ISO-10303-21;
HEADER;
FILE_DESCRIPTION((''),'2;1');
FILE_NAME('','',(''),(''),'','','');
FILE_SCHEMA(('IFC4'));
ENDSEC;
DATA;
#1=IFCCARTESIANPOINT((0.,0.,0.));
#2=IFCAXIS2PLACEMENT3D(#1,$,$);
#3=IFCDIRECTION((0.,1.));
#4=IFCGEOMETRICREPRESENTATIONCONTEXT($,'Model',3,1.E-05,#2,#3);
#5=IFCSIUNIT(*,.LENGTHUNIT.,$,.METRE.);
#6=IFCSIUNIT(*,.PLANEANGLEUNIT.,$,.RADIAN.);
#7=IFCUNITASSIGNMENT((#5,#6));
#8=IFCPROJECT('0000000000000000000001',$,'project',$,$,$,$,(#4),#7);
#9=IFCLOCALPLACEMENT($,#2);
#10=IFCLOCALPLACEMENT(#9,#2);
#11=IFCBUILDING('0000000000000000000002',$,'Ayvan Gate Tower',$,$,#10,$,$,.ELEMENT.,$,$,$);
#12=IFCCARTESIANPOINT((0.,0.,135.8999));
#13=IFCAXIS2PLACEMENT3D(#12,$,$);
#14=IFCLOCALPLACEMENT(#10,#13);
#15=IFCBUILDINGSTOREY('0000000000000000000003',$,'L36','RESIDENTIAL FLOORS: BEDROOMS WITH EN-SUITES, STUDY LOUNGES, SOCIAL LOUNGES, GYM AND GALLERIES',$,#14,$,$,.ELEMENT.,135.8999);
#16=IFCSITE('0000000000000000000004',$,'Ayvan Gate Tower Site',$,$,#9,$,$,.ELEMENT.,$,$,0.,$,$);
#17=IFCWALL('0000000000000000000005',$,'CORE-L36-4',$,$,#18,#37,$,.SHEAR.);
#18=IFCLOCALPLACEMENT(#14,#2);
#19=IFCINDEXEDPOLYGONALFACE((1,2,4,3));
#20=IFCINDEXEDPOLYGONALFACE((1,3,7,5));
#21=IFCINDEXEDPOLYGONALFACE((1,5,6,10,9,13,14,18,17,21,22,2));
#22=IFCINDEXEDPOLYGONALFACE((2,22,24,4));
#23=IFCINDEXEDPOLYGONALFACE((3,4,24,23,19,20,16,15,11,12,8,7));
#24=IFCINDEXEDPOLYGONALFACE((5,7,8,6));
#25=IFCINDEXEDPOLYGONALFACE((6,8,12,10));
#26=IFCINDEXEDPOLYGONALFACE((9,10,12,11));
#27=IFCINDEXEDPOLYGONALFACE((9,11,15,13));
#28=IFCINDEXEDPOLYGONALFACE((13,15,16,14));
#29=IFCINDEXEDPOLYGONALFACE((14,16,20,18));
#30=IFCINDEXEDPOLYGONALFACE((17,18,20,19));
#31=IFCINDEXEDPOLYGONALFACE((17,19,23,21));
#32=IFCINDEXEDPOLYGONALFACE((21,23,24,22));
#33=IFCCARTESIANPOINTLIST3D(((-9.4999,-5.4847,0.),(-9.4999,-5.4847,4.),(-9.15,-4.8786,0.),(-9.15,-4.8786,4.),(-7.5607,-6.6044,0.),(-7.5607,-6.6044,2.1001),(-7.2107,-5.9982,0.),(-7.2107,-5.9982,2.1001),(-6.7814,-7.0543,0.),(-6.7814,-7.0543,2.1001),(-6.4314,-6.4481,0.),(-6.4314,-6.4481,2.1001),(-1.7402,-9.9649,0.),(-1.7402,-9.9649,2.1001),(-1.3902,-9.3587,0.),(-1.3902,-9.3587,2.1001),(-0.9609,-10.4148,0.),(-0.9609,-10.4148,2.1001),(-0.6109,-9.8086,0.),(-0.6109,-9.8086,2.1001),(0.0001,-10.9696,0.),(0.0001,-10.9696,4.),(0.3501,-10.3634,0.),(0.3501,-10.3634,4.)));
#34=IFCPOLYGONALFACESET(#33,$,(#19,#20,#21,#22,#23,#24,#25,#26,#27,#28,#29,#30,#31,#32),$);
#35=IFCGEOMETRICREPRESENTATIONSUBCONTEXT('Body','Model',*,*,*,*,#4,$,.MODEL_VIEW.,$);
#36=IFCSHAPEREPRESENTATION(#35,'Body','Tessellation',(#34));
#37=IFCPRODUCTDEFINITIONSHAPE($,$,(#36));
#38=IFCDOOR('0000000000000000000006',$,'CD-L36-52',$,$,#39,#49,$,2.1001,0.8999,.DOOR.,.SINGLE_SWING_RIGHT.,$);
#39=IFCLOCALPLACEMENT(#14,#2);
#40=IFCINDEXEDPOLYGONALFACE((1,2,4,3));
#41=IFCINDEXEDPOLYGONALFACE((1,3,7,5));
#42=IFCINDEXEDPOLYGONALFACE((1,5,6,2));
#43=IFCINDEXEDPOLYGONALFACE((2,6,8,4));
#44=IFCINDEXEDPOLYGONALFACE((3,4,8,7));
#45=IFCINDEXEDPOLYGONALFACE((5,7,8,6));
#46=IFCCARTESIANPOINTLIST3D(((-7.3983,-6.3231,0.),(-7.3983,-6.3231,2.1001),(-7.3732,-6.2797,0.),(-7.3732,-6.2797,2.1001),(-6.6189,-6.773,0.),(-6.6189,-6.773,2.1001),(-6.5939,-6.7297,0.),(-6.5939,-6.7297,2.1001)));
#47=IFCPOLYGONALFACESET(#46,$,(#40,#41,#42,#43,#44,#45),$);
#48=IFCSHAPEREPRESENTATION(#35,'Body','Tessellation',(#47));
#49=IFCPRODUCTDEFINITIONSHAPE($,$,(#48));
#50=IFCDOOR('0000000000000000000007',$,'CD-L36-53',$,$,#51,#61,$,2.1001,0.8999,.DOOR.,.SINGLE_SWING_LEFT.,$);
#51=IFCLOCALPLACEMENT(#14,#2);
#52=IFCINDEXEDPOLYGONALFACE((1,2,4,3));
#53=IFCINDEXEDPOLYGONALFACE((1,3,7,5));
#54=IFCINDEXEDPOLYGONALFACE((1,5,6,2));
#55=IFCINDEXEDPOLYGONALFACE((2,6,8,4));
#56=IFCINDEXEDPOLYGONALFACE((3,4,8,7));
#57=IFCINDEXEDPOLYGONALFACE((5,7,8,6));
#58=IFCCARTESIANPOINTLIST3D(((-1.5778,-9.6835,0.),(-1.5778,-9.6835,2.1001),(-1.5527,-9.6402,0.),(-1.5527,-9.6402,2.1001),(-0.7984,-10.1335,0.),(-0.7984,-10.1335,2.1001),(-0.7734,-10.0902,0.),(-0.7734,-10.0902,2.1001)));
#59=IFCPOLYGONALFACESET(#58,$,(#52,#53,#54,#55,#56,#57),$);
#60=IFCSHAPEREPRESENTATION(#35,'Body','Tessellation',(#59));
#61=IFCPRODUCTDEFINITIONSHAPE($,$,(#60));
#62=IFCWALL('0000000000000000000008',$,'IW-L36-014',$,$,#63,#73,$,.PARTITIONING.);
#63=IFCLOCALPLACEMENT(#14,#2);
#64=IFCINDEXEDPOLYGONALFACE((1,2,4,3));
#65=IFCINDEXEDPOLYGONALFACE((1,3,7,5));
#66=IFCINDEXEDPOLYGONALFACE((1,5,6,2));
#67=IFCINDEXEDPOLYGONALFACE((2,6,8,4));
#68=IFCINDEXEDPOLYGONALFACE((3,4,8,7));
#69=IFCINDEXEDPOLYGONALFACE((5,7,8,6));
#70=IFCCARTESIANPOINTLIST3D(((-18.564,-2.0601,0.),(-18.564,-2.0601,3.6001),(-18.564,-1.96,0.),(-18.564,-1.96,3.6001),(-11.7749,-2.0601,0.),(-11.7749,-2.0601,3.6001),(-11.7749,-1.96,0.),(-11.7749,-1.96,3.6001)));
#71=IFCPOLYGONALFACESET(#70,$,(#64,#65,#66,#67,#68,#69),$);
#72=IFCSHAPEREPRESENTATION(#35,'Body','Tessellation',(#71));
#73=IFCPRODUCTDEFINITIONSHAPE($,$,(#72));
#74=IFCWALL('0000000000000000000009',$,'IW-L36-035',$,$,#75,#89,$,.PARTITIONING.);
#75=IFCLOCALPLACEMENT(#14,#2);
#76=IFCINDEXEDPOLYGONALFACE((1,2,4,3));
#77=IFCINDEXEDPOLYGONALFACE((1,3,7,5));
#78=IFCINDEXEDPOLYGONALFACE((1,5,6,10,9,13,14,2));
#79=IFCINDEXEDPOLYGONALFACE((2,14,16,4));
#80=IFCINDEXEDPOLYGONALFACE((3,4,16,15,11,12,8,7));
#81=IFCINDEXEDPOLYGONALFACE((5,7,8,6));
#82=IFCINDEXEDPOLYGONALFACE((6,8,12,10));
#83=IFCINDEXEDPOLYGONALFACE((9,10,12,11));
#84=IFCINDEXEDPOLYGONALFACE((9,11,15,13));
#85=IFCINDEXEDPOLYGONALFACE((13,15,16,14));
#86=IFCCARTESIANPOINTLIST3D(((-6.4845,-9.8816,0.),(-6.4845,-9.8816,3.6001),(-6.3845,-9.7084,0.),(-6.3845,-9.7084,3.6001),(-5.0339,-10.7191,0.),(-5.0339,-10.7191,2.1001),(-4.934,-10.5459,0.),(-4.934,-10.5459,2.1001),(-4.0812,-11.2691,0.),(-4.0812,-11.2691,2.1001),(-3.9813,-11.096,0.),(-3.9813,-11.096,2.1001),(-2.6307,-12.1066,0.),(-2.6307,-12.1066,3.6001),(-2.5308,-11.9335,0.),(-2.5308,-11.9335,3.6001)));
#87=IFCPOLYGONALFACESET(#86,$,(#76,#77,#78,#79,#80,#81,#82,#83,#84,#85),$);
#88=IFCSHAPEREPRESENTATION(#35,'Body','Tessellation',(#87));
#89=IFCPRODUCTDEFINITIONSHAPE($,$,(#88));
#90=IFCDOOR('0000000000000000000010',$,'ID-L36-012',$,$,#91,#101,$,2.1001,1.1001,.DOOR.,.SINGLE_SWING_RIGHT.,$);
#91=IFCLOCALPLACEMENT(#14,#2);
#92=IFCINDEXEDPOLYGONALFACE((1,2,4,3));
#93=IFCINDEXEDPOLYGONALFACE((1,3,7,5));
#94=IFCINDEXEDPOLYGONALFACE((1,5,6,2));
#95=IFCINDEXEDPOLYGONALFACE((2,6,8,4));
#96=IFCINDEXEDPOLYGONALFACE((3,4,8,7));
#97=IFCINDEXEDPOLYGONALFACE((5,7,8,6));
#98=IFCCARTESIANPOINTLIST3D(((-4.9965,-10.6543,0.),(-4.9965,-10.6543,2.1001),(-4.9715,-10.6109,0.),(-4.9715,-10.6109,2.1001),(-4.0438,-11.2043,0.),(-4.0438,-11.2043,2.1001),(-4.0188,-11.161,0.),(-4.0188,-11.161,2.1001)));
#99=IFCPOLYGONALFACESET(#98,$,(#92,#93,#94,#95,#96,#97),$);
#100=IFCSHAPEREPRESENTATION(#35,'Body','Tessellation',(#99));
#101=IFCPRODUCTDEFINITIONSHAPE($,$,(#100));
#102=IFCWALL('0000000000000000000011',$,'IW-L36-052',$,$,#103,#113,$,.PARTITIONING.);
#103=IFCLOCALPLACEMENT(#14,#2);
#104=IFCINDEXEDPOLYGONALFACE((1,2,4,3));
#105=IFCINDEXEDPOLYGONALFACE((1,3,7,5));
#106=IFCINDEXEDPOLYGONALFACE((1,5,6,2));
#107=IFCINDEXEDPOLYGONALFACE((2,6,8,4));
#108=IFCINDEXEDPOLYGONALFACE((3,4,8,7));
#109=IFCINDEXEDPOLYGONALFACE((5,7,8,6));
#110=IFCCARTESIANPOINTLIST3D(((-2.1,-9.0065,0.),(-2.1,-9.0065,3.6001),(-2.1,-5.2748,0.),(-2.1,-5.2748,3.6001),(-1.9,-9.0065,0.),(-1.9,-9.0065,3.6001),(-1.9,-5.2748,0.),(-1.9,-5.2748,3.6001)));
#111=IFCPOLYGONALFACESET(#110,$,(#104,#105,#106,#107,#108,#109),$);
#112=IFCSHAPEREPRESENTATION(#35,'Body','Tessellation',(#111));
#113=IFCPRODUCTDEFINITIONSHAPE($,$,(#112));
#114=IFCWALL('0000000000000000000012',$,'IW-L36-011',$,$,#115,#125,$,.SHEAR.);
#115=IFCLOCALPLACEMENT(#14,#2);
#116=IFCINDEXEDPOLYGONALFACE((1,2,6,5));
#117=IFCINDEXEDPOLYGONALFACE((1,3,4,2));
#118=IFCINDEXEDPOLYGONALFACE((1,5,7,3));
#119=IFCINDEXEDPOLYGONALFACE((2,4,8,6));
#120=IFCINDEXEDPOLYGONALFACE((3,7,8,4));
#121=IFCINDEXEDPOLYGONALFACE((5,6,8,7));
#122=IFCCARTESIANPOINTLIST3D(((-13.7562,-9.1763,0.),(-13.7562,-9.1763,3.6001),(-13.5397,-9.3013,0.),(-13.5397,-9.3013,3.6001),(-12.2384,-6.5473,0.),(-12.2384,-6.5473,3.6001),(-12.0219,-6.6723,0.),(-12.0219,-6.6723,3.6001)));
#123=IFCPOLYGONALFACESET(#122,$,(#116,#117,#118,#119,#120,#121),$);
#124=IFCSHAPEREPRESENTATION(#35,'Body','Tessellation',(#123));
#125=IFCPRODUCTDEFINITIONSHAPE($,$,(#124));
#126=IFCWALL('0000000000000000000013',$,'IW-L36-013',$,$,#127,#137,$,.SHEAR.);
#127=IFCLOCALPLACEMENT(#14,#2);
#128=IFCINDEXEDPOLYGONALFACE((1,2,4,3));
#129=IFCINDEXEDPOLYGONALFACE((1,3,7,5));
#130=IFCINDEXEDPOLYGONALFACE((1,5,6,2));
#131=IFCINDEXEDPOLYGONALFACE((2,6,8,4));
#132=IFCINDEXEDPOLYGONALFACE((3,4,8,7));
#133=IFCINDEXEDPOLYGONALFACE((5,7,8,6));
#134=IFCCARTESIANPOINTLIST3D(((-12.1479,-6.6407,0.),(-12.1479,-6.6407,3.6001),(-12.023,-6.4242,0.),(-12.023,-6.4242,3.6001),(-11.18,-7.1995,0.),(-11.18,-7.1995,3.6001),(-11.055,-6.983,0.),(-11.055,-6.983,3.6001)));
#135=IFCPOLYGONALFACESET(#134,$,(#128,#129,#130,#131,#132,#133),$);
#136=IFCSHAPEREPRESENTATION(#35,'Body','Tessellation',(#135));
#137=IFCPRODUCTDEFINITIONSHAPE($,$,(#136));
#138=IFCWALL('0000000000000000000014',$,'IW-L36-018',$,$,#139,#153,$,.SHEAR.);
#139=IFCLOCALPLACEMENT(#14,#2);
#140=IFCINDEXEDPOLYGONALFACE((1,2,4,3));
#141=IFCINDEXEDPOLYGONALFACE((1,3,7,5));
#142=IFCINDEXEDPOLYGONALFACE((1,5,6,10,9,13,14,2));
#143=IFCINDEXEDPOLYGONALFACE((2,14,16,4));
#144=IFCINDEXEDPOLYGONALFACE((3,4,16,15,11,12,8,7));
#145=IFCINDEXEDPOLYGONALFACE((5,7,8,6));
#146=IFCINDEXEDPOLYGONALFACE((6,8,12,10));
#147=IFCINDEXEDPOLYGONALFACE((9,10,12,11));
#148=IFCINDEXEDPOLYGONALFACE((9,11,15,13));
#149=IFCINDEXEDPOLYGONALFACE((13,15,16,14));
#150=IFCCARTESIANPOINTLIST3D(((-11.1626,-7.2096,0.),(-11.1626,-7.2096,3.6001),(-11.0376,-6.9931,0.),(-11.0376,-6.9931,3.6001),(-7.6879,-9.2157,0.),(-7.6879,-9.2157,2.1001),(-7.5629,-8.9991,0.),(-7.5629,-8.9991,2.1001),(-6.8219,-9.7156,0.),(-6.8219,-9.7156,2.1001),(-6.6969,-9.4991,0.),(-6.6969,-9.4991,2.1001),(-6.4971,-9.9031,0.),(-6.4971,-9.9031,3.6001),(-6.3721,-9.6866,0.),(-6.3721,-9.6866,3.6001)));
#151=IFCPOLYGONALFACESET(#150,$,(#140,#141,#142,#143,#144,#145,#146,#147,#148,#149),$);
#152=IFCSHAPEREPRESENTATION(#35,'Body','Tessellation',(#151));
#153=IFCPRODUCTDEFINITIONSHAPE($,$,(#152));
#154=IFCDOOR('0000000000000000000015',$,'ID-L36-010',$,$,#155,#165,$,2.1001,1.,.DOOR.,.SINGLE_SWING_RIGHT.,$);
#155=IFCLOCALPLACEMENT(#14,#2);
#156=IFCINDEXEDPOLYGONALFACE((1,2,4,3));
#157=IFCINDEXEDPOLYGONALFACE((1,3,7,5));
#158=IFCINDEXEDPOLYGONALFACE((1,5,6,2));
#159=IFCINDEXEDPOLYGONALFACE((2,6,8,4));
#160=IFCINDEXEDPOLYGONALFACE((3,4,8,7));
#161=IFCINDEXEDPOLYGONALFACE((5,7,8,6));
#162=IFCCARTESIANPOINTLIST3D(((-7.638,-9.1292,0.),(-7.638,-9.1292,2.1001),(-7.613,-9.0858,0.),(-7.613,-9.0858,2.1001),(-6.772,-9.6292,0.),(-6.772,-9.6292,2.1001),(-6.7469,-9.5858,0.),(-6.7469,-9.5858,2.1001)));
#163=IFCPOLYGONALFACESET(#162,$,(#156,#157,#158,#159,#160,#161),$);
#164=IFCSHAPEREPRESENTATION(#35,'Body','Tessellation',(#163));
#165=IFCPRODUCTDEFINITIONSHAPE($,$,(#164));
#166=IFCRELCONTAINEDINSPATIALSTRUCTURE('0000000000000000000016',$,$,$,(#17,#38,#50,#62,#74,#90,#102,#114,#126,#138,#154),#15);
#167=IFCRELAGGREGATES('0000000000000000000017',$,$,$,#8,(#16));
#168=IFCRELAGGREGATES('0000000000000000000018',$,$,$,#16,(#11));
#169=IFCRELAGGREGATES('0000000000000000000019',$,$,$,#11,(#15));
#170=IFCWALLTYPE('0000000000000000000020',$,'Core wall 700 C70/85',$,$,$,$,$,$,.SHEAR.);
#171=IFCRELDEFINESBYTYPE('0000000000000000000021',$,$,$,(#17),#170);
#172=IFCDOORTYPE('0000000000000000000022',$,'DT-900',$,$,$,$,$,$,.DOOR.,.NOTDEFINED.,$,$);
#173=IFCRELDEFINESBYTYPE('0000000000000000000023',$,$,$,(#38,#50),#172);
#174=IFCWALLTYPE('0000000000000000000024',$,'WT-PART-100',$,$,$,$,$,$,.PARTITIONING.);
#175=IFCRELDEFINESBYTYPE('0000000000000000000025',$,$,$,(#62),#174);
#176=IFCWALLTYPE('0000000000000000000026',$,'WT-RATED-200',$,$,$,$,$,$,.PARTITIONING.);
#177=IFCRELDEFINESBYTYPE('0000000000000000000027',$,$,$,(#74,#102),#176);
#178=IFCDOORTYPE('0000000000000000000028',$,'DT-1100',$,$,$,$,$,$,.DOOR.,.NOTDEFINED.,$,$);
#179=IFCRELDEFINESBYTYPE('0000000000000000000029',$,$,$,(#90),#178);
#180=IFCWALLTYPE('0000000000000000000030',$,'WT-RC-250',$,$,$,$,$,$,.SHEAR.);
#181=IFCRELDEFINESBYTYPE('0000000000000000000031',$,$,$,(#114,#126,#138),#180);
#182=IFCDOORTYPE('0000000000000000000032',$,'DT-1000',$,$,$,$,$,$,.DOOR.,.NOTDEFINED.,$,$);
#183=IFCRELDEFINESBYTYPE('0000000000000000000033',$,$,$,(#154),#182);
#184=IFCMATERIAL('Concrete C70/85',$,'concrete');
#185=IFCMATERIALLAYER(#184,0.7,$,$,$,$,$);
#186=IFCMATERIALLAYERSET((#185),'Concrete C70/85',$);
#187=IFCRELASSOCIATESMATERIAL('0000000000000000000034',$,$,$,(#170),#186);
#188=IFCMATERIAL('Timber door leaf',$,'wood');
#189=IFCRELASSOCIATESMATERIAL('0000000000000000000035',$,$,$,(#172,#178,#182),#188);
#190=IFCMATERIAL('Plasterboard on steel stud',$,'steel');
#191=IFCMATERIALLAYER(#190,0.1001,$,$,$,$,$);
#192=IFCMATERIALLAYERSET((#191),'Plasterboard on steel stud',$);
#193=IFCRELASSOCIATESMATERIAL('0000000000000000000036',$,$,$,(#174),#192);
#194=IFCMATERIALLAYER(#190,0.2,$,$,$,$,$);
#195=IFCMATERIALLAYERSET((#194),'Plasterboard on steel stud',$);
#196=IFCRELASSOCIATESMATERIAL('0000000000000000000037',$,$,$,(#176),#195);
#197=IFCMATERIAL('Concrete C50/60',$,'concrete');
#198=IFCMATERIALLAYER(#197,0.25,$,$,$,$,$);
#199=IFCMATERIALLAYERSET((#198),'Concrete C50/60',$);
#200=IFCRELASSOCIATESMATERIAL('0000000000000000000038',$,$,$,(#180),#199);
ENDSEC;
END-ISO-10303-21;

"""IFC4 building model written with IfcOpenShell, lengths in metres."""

from ifc_helpers import new_model, si_unit, direction, frame, frame_2d, origin, place, context, subcontext, project, spatial, rectangle, extrude, material, layer, layer_set, type_object, element, fill, save


model = new_model("IFC4")

# Units and contexts
model_context = context("Model", 3, precision=1e-05, world=origin(), true_north=direction((0.0, 1.0)))
body_context = subcontext(model_context, "Body", "Model", "MODEL_VIEW")
ifc_project = project(units=[si_unit("LENGTHUNIT", "METRE"), si_unit("PLANEANGLEUNIT", "RADIAN")], contexts=[model_context])

# Site, building, storey
site_placement = place(None, origin())
site = spatial("IfcSite", under=ifc_project, at=site_placement, Name="Ayvan Gate Tower Site", CompositionType="ELEMENT", RefElevation=0.0)
building_placement = place(site_placement, origin())
building = spatial("IfcBuilding", under=site, at=building_placement, Name="Ayvan Gate Tower", CompositionType="ELEMENT")
storey_placement = place(building_placement, frame((0.0, 0.0, 135.8999)))
storey = spatial("IfcBuildingStorey", under=building, at=storey_placement, Name="L36", Description="RESIDENTIAL FLOORS: BEDROOMS WITH EN-SUITES, STUDY LOUNGES, SOCIAL LOUNGES, GYM AND GALLERIES", CompositionType="ELEMENT", Elevation=135.8999)

# Wall, openings, doors
ifc_material_1 = material(Name="Concrete C70/85", Category="concrete")
ifc_layer_1 = layer(ifc_material_1, 0.7)
ifc_layer_set_1 = layer_set([ifc_layer_1], Name="Concrete C70/85")
wall_type_1 = type_object("IfcWallType", Name="Core wall 700 C70/85", PredefinedType="SHEAR", material=ifc_layer_set_1)
wall_1_placement = place(storey_placement, frame((-9.325, -5.1816, 0.0), z_axis=(0.0, 0.0, 1.0), x_axis=(0.866024, -0.500002, 0.0)))
wall_1 = element("IfcWall", 1, at=wall_1_placement, inside=storey, type_object=wall_type_1, Name="CORE-L36-4", PredefinedType="SHEAR", context=body_context, shape_type="SweptSolid", body=[
    extrude(rectangle(XDim=10.9697, YDim=0.7, at=frame_2d((5.4849, 0.0))), origin(), (0.0, 0.0, 1.0), 4.0),
])
opening_1_placement = place(wall_1_placement, frame((2.2393, 0.0, 0.0)))
opening_1 = element("IfcOpeningElement", 2, at=opening_1_placement, cuts=wall_1, PredefinedType="OPENING", context=body_context, shape_type="SweptSolid", body=[
    extrude(rectangle(XDim=0.8999, YDim=2.1001, at=frame_2d((0.45, 1.05))), frame((0.0, 0.3599, 0.0), z_axis=(0.0, -1.0, 0.0), x_axis=(1.0, 0.0, 0.0)), (0.0, 0.0, 1.0), 0.72),
])
opening_2_placement = place(wall_1_placement, frame((8.9602, 0.0, 0.0)))
opening_2 = element("IfcOpeningElement", 3, at=opening_2_placement, cuts=wall_1, PredefinedType="OPENING", context=body_context, shape_type="SweptSolid", body=[
    extrude(rectangle(XDim=0.8999, YDim=2.1001, at=frame_2d((0.45, 1.05))), frame((0.0, 0.3599, 0.0), z_axis=(0.0, -1.0, 0.0), x_axis=(1.0, 0.0, 0.0)), (0.0, 0.0, 1.0), 0.72),
])
ifc_material_2 = material(Name="Timber door leaf", Category="wood")
door_type_1 = type_object("IfcDoorType", Name="DT-900", OperationType="NOTDEFINED", PredefinedType="DOOR", material=ifc_material_2)
door_1_placement = place(opening_1_placement, origin())
door_1 = element("IfcDoor", 4, at=door_1_placement, inside=storey, type_object=door_type_1, Name="CD-L36-52", OperationType="SINGLE_SWING_RIGHT", OverallHeight=2.1001, OverallWidth=0.8999, PredefinedType="DOOR", context=body_context, shape_type="SweptSolid", body=[
    extrude(rectangle(XDim=0.8999, YDim=2.1001, at=frame_2d((0.45, 1.05))), frame((0.0, 0.0249, 0.0), z_axis=(0.0, -1.0, 0.0), x_axis=(1.0, 0.0, 0.0)), (0.0, 0.0, 1.0), 0.05),
])
fill(opening_1, door_1)
door_2_placement = place(opening_2_placement, origin())
door_2 = element("IfcDoor", 5, at=door_2_placement, inside=storey, type_object=door_type_1, Name="CD-L36-53", OperationType="SINGLE_SWING_LEFT", OverallHeight=2.1001, OverallWidth=0.8999, PredefinedType="DOOR", context=body_context, shape_type="SweptSolid", body=[
    extrude(rectangle(XDim=0.8999, YDim=2.1001, at=frame_2d((0.45, 1.05))), frame((0.0, 0.0249, 0.0), z_axis=(0.0, -1.0, 0.0), x_axis=(1.0, 0.0, 0.0)), (0.0, 0.0, 1.0), 0.05),
])
fill(opening_2, door_2)

# Wall
ifc_material_3 = material(Name="Plasterboard on steel stud", Category="steel")
ifc_layer_2 = layer(ifc_material_3, 0.1001)
ifc_layer_set_2 = layer_set([ifc_layer_2], Name="Plasterboard on steel stud")
wall_type_2 = type_object("IfcWallType", Name="WT-PART-100", PredefinedType="PARTITIONING", material=ifc_layer_set_2)
wall_2_placement = place(storey_placement, frame((-11.7749, -2.01, 0.0), z_axis=(0.0, 0.0, 1.0), x_axis=(-1.0, 0.0, 0.0)))
element("IfcWall", 6, at=wall_2_placement, inside=storey, type_object=wall_type_2, Name="IW-L36-014", PredefinedType="PARTITIONING", context=body_context, shape_type="SweptSolid", body=[
    extrude(rectangle(XDim=6.7891, YDim=0.1001, at=frame_2d((3.3945, 0.0))), origin(), (0.0, 0.0, 1.0), 3.6001),
])

# Wall, opening, door
ifc_layer_3 = layer(ifc_material_3, 0.2)
ifc_layer_set_3 = layer_set([ifc_layer_3], Name="Plasterboard on steel stud")
wall_type_3 = type_object("IfcWallType", Name="WT-RATED-200", PredefinedType="PARTITIONING", material=ifc_layer_set_3)
wall_3_placement = place(storey_placement, frame((-6.4346, -9.7949, 0.0), z_axis=(0.0, 0.0, 1.0), x_axis=(0.866013, -0.500022, 0.0)))
wall_3 = element("IfcWall", 7, at=wall_3_placement, inside=storey, type_object=wall_type_3, Name="IW-L36-035", PredefinedType="PARTITIONING", context=body_context, shape_type="SweptSolid", body=[
    extrude(rectangle(XDim=4.45, YDim=0.2, at=frame_2d((2.2251, 0.0))), origin(), (0.0, 0.0, 1.0), 3.6001),
])
opening_3_placement = place(wall_3_placement, frame((1.675, 0.0, 0.0)))
opening_3 = element("IfcOpeningElement", 8, at=opening_3_placement, cuts=wall_3, PredefinedType="OPENING", context=body_context, shape_type="SweptSolid", body=[
    extrude(rectangle(XDim=1.1001, YDim=2.1001, at=frame_2d((0.55, 1.05))), frame((0.0, 0.1099, 0.0), z_axis=(0.0, -1.0, 0.0), x_axis=(1.0, 0.0, 0.0)), (0.0, 0.0, 1.0), 0.22),
])
door_type_2 = type_object("IfcDoorType", Name="DT-1100", OperationType="NOTDEFINED", PredefinedType="DOOR", material=ifc_material_2)
door_3_placement = place(opening_3_placement, origin())
door_3 = element("IfcDoor", 9, at=door_3_placement, inside=storey, type_object=door_type_2, Name="ID-L36-012", OperationType="SINGLE_SWING_RIGHT", OverallHeight=2.1001, OverallWidth=1.1001, PredefinedType="DOOR", context=body_context, shape_type="SweptSolid", body=[
    extrude(rectangle(XDim=1.1001, YDim=2.1001, at=frame_2d((0.55, 1.05))), frame((0.0, 0.0249, 0.0), z_axis=(0.0, -1.0, 0.0), x_axis=(1.0, 0.0, 0.0)), (0.0, 0.0, 1.0), 0.05),
])
fill(opening_3, door_3)

# Walls
wall_4_placement = place(storey_placement, frame((-2.0, -5.2749, 0.0), z_axis=(0.0, 0.0, 1.0), x_axis=(0.0, -1.0, 0.0)))
element("IfcWall", 10, at=wall_4_placement, inside=storey, type_object=wall_type_3, Name="IW-L36-052", PredefinedType="PARTITIONING", context=body_context, shape_type="SweptSolid", body=[
    extrude(rectangle(XDim=3.7317, YDim=0.2, at=frame_2d((1.8657, 0.0))), origin(), (0.0, 0.0, 1.0), 3.6001),
])
ifc_material_4 = material(Name="Concrete C50/60", Category="concrete")
ifc_layer_4 = layer(ifc_material_4, 0.25)
ifc_layer_set_4 = layer_set([ifc_layer_4], Name="Concrete C50/60")
wall_type_4 = type_object("IfcWallType", Name="WT-RC-250", PredefinedType="SHEAR", material=ifc_layer_set_4)
wall_5_placement = place(storey_placement, frame((-13.6479, -9.2388, 0.0), z_axis=(0.0, 0.0, 1.0), x_axis=(0.500006, 0.866022, 0.0)))
element("IfcWall", 11, at=wall_5_placement, inside=storey, type_object=wall_type_4, Name="IW-L36-011", PredefinedType="SHEAR", context=body_context, shape_type="SweptSolid", body=[
    extrude(rectangle(XDim=3.0356, YDim=0.25, at=frame_2d((1.5178, 0.0))), origin(), (0.0, 0.0, 1.0), 3.6001),
])
wall_6_placement = place(storey_placement, frame((-12.0854, -6.5325, 0.0), z_axis=(0.0, 0.0, 1.0), x_axis=(0.866044, -0.499968, 0.0)))
element("IfcWall", 12, at=wall_6_placement, inside=storey, type_object=wall_type_4, Name="IW-L36-013", PredefinedType="SHEAR", context=body_context, shape_type="SweptSolid", body=[
    extrude(rectangle(XDim=1.1177, YDim=0.25, at=frame_2d((0.5588, 0.0))), origin(), (0.0, 0.0, 1.0), 3.6001),
])

# Wall, opening, door
wall_7_placement = place(storey_placement, frame((-11.1001, -7.1013, 0.0), z_axis=(0.0, 0.0, 1.0), x_axis=(0.866029, -0.499994, 0.0)))
wall_7 = element("IfcWall", 13, at=wall_7_placement, inside=storey, type_object=wall_type_4, Name="IW-L36-018", PredefinedType="SHEAR", context=body_context, shape_type="SweptSolid", body=[
    extrude(rectangle(XDim=5.3872, YDim=0.25, at=frame_2d((2.6936, 0.0))), origin(), (0.0, 0.0, 1.0), 3.6001),
])
opening_4_placement = place(wall_7_placement, frame((4.0122, 0.0, 0.0)))
opening_4 = element("IfcOpeningElement", 14, at=opening_4_placement, cuts=wall_7, PredefinedType="OPENING", context=body_context, shape_type="SweptSolid", body=[
    extrude(rectangle(XDim=1.0, YDim=2.1001, at=frame_2d((0.5, 1.05))), frame((0.0, 0.135, 0.0), z_axis=(0.0, -1.0, 0.0), x_axis=(1.0, 0.0, 0.0)), (0.0, 0.0, 1.0), 0.27),
])
door_type_3 = type_object("IfcDoorType", Name="DT-1000", OperationType="NOTDEFINED", PredefinedType="DOOR", material=ifc_material_2)
door_4_placement = place(opening_4_placement, origin())
door_4 = element("IfcDoor", 15, at=door_4_placement, inside=storey, type_object=door_type_3, Name="ID-L36-010", OperationType="SINGLE_SWING_RIGHT", OverallHeight=2.1001, OverallWidth=1.0, PredefinedType="DOOR", context=body_context, shape_type="SweptSolid", body=[
    extrude(rectangle(XDim=1.0, YDim=2.1001, at=frame_2d((0.5, 1.05))), frame((0.0, 0.0249, 0.0), z_axis=(0.0, -1.0, 0.0), x_axis=(1.0, 0.0, 0.0)), (0.0, 0.0, 1.0), 0.05),
])
fill(opening_4, door_4)

save(model, "model.ifc")
